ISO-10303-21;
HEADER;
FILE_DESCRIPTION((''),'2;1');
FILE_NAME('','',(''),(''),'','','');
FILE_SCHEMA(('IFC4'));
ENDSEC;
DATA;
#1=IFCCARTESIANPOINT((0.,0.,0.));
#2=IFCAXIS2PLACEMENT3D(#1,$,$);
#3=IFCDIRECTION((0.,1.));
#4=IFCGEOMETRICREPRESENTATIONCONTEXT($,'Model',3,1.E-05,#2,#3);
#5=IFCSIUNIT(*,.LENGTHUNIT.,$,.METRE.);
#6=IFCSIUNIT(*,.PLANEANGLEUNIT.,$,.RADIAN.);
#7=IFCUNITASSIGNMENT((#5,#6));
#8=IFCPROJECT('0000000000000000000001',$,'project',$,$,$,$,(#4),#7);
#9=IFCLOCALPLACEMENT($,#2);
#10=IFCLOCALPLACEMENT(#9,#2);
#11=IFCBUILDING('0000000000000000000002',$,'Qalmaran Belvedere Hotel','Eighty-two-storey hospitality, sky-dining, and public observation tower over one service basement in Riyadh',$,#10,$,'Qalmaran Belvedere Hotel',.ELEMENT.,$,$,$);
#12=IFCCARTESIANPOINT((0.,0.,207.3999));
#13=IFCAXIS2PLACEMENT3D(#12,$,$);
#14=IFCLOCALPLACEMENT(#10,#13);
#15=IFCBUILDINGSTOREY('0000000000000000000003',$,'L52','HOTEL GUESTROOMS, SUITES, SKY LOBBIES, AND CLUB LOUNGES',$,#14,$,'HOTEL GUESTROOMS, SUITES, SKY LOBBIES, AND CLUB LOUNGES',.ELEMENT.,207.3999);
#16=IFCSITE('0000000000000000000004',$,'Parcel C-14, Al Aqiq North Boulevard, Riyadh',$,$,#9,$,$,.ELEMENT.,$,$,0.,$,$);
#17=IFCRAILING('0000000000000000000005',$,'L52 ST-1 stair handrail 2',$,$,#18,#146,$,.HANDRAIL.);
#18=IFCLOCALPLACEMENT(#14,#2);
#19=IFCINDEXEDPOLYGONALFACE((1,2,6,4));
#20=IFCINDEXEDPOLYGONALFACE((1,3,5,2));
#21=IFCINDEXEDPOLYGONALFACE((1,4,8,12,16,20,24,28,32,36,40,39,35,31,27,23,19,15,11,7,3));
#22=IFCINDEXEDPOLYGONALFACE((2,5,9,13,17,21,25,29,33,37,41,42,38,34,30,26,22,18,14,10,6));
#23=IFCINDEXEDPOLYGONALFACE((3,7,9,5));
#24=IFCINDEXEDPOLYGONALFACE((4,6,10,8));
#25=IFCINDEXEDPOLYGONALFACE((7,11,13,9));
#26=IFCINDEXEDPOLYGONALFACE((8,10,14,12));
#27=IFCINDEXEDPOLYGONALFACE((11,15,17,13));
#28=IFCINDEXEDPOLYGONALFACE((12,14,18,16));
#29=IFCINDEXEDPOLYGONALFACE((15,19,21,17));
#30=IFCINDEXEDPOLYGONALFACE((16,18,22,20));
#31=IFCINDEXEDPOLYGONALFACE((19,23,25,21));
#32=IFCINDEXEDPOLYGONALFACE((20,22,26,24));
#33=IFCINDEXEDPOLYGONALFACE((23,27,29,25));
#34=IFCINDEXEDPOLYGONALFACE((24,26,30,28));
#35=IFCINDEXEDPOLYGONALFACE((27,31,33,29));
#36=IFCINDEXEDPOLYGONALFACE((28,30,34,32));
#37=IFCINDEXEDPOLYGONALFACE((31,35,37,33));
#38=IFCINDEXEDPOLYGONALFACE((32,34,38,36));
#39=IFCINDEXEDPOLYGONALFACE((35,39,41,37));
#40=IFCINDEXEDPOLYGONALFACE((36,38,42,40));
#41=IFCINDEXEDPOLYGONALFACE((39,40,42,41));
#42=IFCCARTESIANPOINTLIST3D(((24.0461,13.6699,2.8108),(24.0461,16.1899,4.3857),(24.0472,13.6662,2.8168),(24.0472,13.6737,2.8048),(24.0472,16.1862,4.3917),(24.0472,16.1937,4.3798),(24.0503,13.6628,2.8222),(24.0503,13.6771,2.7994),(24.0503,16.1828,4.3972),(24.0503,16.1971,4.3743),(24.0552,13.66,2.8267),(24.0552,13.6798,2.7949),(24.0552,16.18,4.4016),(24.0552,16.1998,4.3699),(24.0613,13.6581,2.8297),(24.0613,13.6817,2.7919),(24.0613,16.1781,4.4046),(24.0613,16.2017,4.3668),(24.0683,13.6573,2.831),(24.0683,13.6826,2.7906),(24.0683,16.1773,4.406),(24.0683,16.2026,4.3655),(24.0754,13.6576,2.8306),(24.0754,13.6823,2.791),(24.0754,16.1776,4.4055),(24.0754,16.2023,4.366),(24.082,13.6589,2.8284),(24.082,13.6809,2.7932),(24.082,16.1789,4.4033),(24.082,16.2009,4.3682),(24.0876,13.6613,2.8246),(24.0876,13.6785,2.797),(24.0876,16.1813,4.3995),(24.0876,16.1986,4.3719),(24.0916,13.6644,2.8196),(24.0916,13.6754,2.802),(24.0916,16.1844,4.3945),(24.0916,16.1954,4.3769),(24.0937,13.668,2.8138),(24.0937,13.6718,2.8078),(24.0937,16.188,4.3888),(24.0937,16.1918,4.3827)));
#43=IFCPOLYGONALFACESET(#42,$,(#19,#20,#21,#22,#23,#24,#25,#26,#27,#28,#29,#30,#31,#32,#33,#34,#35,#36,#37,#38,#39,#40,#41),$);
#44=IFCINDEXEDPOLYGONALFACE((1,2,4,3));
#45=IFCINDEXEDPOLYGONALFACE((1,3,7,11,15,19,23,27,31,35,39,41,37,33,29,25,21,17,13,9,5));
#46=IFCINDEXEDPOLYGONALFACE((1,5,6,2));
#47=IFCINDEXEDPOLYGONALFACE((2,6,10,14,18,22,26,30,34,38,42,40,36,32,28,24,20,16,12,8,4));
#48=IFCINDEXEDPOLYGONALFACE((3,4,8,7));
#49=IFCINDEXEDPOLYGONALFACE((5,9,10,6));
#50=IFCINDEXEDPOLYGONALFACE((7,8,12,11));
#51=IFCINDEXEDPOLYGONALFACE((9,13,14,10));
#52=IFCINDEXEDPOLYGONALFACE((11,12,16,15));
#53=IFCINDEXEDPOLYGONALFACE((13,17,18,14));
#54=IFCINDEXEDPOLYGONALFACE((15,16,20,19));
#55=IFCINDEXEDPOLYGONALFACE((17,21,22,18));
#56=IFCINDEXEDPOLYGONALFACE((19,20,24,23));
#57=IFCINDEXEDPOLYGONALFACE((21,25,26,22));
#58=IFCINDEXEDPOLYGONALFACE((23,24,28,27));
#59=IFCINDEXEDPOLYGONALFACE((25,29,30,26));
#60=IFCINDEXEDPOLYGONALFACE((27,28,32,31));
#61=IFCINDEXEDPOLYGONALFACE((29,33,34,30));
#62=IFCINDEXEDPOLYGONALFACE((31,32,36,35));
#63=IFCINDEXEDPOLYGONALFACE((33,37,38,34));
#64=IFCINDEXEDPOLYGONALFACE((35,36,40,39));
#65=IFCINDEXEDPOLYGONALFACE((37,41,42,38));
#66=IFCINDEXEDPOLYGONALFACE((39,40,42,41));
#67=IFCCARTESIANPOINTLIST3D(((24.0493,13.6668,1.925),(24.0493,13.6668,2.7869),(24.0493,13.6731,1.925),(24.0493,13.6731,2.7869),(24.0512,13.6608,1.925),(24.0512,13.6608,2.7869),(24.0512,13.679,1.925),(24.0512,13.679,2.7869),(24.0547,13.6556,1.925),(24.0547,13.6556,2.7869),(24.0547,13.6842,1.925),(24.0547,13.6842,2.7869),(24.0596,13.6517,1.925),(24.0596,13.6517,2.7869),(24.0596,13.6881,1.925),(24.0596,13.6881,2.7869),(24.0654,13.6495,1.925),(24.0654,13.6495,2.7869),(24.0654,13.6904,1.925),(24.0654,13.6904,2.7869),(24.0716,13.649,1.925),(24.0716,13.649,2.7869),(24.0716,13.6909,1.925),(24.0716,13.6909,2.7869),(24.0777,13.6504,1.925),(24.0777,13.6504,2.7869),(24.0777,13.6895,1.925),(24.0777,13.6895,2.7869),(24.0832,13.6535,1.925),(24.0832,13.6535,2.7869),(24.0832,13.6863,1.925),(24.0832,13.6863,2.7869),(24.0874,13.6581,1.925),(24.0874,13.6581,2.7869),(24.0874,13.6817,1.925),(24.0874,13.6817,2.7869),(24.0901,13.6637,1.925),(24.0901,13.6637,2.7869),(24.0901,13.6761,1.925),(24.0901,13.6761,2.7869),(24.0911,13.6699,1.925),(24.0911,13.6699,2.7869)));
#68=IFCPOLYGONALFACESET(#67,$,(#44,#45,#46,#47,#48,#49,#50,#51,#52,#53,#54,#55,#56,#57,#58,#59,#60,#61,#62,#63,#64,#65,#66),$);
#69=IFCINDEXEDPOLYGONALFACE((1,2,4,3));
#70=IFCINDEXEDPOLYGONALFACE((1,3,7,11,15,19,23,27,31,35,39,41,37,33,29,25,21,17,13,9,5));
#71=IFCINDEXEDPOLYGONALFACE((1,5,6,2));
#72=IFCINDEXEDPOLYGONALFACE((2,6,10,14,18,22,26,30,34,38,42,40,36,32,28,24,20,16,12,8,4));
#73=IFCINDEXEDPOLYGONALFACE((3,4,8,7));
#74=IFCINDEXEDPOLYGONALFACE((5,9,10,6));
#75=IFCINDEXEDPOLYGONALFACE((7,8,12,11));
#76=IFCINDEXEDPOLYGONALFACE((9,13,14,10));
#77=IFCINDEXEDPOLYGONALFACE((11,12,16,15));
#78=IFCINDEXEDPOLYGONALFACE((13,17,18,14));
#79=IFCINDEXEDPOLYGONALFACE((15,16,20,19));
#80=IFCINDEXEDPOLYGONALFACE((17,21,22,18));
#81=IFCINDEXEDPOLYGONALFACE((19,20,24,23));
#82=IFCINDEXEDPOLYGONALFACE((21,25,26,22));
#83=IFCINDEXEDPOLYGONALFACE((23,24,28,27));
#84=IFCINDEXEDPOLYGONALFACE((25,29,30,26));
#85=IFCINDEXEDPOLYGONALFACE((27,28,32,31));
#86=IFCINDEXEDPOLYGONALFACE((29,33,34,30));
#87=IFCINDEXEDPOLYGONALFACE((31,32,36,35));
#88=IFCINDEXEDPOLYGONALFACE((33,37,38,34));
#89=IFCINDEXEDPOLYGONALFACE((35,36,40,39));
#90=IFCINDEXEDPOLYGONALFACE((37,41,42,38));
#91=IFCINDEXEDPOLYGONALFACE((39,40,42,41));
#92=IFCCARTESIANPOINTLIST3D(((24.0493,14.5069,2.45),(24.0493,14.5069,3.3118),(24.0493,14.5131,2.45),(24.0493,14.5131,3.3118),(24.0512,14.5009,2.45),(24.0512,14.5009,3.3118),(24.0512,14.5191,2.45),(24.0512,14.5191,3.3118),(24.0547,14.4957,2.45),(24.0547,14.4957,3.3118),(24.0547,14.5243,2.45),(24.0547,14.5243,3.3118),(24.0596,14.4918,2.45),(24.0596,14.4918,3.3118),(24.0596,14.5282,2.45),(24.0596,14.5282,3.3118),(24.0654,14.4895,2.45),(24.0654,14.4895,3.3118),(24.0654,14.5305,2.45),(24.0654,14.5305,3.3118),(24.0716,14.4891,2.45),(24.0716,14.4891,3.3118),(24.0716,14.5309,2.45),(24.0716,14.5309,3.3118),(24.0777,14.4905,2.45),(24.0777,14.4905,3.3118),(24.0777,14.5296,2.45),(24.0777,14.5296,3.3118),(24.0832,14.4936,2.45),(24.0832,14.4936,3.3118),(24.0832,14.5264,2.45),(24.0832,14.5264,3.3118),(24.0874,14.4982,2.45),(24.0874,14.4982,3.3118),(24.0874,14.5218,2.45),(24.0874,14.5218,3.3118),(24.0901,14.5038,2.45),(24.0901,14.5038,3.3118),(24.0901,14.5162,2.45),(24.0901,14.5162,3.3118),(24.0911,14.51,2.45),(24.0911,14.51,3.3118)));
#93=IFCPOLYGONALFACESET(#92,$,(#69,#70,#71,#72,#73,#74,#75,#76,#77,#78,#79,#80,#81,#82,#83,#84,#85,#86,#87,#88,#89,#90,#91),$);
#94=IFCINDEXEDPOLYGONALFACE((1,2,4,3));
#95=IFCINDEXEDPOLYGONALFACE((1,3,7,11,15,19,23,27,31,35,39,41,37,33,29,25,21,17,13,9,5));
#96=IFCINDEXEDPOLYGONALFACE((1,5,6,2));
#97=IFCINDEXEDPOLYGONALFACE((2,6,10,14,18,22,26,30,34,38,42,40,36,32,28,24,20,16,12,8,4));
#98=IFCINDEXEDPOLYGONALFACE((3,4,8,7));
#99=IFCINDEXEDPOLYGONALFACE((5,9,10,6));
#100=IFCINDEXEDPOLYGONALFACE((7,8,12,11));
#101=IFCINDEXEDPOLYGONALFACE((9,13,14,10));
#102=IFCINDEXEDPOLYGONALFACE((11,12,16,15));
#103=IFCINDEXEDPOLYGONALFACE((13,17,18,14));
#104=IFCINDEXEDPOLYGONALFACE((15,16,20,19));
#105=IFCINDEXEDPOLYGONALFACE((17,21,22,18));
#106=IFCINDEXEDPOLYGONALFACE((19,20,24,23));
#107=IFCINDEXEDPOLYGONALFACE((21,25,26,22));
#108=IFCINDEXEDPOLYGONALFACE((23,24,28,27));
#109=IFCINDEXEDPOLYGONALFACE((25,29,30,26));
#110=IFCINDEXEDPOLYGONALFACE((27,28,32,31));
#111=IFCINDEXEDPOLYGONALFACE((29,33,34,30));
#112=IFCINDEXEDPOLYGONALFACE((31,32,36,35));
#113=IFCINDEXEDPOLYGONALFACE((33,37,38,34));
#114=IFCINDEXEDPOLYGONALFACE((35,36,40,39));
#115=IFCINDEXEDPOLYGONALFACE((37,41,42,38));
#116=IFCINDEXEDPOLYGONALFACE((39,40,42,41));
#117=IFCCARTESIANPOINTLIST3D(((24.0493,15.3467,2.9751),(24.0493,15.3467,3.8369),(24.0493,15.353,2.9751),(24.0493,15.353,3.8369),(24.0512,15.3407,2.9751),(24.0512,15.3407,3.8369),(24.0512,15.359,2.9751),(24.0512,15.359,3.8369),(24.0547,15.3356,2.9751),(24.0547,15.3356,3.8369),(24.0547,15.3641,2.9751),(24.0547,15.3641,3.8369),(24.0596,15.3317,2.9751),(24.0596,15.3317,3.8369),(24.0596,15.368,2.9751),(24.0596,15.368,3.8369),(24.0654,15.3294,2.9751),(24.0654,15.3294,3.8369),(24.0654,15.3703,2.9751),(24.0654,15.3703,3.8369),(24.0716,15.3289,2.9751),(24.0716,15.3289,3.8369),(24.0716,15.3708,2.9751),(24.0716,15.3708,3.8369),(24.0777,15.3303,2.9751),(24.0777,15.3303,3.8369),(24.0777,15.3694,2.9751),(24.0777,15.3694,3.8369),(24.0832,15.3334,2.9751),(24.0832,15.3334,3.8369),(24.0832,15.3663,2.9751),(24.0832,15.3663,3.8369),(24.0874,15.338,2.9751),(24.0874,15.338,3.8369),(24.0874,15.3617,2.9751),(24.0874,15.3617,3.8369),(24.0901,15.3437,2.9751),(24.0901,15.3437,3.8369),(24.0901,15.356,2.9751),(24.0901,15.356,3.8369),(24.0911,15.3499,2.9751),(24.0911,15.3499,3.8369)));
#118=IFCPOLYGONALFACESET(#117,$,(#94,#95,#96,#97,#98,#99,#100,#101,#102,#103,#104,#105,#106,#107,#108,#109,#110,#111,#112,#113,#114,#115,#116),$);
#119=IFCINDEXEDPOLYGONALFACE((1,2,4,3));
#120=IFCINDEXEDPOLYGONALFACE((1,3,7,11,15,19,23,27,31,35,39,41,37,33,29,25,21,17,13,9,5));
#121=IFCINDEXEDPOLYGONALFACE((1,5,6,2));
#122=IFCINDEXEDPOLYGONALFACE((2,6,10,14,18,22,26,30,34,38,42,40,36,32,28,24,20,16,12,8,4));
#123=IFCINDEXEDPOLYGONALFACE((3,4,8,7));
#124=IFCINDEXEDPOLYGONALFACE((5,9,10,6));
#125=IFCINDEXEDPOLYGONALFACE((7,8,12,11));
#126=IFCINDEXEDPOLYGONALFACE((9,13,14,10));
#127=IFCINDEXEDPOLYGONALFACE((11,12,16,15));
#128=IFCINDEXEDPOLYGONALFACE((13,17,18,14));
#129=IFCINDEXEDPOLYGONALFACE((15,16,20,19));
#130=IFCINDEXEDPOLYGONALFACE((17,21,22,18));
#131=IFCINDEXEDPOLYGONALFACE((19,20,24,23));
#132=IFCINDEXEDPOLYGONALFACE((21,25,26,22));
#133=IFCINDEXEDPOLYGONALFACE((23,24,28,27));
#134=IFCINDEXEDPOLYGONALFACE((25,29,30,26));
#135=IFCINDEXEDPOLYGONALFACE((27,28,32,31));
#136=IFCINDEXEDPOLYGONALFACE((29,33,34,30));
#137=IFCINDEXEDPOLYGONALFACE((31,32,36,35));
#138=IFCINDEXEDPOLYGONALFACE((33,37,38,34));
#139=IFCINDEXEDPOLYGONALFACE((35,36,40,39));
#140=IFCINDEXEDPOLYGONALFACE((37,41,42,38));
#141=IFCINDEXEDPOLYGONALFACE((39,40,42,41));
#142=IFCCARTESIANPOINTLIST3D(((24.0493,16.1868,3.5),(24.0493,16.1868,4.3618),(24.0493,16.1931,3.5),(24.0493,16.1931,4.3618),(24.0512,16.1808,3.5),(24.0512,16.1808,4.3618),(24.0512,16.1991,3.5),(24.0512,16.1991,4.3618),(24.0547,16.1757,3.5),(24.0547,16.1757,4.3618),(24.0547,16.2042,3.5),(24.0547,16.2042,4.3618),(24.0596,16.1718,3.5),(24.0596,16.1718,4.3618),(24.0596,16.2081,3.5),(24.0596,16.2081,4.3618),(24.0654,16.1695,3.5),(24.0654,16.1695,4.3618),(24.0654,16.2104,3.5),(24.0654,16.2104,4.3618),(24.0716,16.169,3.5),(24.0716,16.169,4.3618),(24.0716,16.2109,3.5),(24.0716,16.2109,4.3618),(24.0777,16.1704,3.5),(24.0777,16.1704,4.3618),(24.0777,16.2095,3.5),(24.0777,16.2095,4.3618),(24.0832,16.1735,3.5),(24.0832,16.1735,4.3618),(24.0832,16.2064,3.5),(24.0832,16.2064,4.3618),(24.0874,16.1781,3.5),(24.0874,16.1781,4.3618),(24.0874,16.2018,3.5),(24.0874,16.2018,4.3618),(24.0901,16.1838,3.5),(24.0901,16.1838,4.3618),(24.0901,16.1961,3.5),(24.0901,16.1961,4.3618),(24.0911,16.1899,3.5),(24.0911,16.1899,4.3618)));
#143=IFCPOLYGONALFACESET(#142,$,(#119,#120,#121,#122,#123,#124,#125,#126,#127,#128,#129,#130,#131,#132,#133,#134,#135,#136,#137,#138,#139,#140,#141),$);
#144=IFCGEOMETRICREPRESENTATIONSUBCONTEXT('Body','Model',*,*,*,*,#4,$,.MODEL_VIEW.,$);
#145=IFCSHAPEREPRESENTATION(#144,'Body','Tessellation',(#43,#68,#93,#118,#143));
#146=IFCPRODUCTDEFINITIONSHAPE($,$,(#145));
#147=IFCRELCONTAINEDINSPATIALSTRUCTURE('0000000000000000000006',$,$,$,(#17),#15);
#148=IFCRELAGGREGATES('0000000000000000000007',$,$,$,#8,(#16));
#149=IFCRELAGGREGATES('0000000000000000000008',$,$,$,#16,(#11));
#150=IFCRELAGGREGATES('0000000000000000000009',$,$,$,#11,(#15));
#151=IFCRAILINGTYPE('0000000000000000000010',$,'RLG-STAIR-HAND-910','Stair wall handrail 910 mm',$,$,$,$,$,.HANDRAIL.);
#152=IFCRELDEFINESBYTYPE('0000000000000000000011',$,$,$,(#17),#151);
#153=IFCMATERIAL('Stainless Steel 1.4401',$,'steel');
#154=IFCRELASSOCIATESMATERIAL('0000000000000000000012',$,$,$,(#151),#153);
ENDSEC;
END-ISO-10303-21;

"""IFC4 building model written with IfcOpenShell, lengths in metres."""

from ifc_helpers import new_model, si_unit, direction, frame, origin, origin_2d, place, context, subcontext, project, spatial, circle, extrude, material, type_object, element, save


model = new_model("IFC4")

# Units and contexts
model_context = context("Model", 3, precision=1e-05, world=origin(), true_north=direction((0.0, 1.0)))
body_context = subcontext(model_context, "Body", "Model", "MODEL_VIEW")
ifc_project = project(units=[si_unit("LENGTHUNIT", "METRE"), si_unit("PLANEANGLEUNIT", "RADIAN")], contexts=[model_context])

# Site, building, storey
site_placement = place(None, origin())
site = spatial("IfcSite", under=ifc_project, at=site_placement, Name="Parcel C-14, Al Aqiq North Boulevard, Riyadh", CompositionType="ELEMENT", RefElevation=0.0)
building_placement = place(site_placement, origin())
building = spatial("IfcBuilding", under=site, at=building_placement, Name="Qalmaran Belvedere Hotel", Description="Eighty-two-storey hospitality, sky-dining, and public observation tower over one service basement in Riyadh", LongName="Qalmaran Belvedere Hotel", CompositionType="ELEMENT")
storey_placement = place(building_placement, frame((0.0, 0.0, 207.3999)))
storey = spatial("IfcBuildingStorey", under=building, at=storey_placement, Name="L52", Description="HOTEL GUESTROOMS, SUITES, SKY LOBBIES, AND CLUB LOUNGES", LongName="HOTEL GUESTROOMS, SUITES, SKY LOBBIES, AND CLUB LOUNGES", CompositionType="ELEMENT", Elevation=207.3999)

# Shared definitions
ifc_material_1 = material(Name="Stainless Steel 1.4401", Category="steel")

# Railing
railing_type_1 = type_object("IfcRailingType", Name="RLG-STAIR-HAND-910", Description="Stair wall handrail 910 mm", PredefinedType="HANDRAIL", material=ifc_material_1)
railing_1_placement = place(storey_placement, frame((24.0701, 13.6699, 1.925)))
element("IfcRailing", 1, at=railing_1_placement, inside=storey, type_object=railing_type_1, Name="L52 ST-1 stair handrail 2", PredefinedType="HANDRAIL", context=body_context, shape_type="SweptSolid", body=[
    extrude(circle(Radius=0.0239, at=origin_2d()), frame((0.0, 0.0, 0.8857), z_axis=(0.0, 0.848008, 0.529984), x_axis=(-1.0, 0.0, 0.0)), (0.0, 0.0, 1.0), 2.9717),
    extrude(circle(Radius=0.021, at=origin_2d()), origin(), (0.0, 0.0, 1.0), 0.8618),
    extrude(circle(Radius=0.021, at=origin_2d()), frame((0.0, 0.8401, 0.5249)), (0.0, 0.0, 1.0), 0.8618),
    extrude(circle(Radius=0.021, at=origin_2d()), frame((0.0, 1.6799, 1.05)), (0.0, 0.0, 1.0), 0.8618),
    extrude(circle(Radius=0.021, at=origin_2d()), frame((0.0, 2.52, 1.575)), (0.0, 0.0, 1.0), 0.8618),
])

save(model, "model.ifc")
